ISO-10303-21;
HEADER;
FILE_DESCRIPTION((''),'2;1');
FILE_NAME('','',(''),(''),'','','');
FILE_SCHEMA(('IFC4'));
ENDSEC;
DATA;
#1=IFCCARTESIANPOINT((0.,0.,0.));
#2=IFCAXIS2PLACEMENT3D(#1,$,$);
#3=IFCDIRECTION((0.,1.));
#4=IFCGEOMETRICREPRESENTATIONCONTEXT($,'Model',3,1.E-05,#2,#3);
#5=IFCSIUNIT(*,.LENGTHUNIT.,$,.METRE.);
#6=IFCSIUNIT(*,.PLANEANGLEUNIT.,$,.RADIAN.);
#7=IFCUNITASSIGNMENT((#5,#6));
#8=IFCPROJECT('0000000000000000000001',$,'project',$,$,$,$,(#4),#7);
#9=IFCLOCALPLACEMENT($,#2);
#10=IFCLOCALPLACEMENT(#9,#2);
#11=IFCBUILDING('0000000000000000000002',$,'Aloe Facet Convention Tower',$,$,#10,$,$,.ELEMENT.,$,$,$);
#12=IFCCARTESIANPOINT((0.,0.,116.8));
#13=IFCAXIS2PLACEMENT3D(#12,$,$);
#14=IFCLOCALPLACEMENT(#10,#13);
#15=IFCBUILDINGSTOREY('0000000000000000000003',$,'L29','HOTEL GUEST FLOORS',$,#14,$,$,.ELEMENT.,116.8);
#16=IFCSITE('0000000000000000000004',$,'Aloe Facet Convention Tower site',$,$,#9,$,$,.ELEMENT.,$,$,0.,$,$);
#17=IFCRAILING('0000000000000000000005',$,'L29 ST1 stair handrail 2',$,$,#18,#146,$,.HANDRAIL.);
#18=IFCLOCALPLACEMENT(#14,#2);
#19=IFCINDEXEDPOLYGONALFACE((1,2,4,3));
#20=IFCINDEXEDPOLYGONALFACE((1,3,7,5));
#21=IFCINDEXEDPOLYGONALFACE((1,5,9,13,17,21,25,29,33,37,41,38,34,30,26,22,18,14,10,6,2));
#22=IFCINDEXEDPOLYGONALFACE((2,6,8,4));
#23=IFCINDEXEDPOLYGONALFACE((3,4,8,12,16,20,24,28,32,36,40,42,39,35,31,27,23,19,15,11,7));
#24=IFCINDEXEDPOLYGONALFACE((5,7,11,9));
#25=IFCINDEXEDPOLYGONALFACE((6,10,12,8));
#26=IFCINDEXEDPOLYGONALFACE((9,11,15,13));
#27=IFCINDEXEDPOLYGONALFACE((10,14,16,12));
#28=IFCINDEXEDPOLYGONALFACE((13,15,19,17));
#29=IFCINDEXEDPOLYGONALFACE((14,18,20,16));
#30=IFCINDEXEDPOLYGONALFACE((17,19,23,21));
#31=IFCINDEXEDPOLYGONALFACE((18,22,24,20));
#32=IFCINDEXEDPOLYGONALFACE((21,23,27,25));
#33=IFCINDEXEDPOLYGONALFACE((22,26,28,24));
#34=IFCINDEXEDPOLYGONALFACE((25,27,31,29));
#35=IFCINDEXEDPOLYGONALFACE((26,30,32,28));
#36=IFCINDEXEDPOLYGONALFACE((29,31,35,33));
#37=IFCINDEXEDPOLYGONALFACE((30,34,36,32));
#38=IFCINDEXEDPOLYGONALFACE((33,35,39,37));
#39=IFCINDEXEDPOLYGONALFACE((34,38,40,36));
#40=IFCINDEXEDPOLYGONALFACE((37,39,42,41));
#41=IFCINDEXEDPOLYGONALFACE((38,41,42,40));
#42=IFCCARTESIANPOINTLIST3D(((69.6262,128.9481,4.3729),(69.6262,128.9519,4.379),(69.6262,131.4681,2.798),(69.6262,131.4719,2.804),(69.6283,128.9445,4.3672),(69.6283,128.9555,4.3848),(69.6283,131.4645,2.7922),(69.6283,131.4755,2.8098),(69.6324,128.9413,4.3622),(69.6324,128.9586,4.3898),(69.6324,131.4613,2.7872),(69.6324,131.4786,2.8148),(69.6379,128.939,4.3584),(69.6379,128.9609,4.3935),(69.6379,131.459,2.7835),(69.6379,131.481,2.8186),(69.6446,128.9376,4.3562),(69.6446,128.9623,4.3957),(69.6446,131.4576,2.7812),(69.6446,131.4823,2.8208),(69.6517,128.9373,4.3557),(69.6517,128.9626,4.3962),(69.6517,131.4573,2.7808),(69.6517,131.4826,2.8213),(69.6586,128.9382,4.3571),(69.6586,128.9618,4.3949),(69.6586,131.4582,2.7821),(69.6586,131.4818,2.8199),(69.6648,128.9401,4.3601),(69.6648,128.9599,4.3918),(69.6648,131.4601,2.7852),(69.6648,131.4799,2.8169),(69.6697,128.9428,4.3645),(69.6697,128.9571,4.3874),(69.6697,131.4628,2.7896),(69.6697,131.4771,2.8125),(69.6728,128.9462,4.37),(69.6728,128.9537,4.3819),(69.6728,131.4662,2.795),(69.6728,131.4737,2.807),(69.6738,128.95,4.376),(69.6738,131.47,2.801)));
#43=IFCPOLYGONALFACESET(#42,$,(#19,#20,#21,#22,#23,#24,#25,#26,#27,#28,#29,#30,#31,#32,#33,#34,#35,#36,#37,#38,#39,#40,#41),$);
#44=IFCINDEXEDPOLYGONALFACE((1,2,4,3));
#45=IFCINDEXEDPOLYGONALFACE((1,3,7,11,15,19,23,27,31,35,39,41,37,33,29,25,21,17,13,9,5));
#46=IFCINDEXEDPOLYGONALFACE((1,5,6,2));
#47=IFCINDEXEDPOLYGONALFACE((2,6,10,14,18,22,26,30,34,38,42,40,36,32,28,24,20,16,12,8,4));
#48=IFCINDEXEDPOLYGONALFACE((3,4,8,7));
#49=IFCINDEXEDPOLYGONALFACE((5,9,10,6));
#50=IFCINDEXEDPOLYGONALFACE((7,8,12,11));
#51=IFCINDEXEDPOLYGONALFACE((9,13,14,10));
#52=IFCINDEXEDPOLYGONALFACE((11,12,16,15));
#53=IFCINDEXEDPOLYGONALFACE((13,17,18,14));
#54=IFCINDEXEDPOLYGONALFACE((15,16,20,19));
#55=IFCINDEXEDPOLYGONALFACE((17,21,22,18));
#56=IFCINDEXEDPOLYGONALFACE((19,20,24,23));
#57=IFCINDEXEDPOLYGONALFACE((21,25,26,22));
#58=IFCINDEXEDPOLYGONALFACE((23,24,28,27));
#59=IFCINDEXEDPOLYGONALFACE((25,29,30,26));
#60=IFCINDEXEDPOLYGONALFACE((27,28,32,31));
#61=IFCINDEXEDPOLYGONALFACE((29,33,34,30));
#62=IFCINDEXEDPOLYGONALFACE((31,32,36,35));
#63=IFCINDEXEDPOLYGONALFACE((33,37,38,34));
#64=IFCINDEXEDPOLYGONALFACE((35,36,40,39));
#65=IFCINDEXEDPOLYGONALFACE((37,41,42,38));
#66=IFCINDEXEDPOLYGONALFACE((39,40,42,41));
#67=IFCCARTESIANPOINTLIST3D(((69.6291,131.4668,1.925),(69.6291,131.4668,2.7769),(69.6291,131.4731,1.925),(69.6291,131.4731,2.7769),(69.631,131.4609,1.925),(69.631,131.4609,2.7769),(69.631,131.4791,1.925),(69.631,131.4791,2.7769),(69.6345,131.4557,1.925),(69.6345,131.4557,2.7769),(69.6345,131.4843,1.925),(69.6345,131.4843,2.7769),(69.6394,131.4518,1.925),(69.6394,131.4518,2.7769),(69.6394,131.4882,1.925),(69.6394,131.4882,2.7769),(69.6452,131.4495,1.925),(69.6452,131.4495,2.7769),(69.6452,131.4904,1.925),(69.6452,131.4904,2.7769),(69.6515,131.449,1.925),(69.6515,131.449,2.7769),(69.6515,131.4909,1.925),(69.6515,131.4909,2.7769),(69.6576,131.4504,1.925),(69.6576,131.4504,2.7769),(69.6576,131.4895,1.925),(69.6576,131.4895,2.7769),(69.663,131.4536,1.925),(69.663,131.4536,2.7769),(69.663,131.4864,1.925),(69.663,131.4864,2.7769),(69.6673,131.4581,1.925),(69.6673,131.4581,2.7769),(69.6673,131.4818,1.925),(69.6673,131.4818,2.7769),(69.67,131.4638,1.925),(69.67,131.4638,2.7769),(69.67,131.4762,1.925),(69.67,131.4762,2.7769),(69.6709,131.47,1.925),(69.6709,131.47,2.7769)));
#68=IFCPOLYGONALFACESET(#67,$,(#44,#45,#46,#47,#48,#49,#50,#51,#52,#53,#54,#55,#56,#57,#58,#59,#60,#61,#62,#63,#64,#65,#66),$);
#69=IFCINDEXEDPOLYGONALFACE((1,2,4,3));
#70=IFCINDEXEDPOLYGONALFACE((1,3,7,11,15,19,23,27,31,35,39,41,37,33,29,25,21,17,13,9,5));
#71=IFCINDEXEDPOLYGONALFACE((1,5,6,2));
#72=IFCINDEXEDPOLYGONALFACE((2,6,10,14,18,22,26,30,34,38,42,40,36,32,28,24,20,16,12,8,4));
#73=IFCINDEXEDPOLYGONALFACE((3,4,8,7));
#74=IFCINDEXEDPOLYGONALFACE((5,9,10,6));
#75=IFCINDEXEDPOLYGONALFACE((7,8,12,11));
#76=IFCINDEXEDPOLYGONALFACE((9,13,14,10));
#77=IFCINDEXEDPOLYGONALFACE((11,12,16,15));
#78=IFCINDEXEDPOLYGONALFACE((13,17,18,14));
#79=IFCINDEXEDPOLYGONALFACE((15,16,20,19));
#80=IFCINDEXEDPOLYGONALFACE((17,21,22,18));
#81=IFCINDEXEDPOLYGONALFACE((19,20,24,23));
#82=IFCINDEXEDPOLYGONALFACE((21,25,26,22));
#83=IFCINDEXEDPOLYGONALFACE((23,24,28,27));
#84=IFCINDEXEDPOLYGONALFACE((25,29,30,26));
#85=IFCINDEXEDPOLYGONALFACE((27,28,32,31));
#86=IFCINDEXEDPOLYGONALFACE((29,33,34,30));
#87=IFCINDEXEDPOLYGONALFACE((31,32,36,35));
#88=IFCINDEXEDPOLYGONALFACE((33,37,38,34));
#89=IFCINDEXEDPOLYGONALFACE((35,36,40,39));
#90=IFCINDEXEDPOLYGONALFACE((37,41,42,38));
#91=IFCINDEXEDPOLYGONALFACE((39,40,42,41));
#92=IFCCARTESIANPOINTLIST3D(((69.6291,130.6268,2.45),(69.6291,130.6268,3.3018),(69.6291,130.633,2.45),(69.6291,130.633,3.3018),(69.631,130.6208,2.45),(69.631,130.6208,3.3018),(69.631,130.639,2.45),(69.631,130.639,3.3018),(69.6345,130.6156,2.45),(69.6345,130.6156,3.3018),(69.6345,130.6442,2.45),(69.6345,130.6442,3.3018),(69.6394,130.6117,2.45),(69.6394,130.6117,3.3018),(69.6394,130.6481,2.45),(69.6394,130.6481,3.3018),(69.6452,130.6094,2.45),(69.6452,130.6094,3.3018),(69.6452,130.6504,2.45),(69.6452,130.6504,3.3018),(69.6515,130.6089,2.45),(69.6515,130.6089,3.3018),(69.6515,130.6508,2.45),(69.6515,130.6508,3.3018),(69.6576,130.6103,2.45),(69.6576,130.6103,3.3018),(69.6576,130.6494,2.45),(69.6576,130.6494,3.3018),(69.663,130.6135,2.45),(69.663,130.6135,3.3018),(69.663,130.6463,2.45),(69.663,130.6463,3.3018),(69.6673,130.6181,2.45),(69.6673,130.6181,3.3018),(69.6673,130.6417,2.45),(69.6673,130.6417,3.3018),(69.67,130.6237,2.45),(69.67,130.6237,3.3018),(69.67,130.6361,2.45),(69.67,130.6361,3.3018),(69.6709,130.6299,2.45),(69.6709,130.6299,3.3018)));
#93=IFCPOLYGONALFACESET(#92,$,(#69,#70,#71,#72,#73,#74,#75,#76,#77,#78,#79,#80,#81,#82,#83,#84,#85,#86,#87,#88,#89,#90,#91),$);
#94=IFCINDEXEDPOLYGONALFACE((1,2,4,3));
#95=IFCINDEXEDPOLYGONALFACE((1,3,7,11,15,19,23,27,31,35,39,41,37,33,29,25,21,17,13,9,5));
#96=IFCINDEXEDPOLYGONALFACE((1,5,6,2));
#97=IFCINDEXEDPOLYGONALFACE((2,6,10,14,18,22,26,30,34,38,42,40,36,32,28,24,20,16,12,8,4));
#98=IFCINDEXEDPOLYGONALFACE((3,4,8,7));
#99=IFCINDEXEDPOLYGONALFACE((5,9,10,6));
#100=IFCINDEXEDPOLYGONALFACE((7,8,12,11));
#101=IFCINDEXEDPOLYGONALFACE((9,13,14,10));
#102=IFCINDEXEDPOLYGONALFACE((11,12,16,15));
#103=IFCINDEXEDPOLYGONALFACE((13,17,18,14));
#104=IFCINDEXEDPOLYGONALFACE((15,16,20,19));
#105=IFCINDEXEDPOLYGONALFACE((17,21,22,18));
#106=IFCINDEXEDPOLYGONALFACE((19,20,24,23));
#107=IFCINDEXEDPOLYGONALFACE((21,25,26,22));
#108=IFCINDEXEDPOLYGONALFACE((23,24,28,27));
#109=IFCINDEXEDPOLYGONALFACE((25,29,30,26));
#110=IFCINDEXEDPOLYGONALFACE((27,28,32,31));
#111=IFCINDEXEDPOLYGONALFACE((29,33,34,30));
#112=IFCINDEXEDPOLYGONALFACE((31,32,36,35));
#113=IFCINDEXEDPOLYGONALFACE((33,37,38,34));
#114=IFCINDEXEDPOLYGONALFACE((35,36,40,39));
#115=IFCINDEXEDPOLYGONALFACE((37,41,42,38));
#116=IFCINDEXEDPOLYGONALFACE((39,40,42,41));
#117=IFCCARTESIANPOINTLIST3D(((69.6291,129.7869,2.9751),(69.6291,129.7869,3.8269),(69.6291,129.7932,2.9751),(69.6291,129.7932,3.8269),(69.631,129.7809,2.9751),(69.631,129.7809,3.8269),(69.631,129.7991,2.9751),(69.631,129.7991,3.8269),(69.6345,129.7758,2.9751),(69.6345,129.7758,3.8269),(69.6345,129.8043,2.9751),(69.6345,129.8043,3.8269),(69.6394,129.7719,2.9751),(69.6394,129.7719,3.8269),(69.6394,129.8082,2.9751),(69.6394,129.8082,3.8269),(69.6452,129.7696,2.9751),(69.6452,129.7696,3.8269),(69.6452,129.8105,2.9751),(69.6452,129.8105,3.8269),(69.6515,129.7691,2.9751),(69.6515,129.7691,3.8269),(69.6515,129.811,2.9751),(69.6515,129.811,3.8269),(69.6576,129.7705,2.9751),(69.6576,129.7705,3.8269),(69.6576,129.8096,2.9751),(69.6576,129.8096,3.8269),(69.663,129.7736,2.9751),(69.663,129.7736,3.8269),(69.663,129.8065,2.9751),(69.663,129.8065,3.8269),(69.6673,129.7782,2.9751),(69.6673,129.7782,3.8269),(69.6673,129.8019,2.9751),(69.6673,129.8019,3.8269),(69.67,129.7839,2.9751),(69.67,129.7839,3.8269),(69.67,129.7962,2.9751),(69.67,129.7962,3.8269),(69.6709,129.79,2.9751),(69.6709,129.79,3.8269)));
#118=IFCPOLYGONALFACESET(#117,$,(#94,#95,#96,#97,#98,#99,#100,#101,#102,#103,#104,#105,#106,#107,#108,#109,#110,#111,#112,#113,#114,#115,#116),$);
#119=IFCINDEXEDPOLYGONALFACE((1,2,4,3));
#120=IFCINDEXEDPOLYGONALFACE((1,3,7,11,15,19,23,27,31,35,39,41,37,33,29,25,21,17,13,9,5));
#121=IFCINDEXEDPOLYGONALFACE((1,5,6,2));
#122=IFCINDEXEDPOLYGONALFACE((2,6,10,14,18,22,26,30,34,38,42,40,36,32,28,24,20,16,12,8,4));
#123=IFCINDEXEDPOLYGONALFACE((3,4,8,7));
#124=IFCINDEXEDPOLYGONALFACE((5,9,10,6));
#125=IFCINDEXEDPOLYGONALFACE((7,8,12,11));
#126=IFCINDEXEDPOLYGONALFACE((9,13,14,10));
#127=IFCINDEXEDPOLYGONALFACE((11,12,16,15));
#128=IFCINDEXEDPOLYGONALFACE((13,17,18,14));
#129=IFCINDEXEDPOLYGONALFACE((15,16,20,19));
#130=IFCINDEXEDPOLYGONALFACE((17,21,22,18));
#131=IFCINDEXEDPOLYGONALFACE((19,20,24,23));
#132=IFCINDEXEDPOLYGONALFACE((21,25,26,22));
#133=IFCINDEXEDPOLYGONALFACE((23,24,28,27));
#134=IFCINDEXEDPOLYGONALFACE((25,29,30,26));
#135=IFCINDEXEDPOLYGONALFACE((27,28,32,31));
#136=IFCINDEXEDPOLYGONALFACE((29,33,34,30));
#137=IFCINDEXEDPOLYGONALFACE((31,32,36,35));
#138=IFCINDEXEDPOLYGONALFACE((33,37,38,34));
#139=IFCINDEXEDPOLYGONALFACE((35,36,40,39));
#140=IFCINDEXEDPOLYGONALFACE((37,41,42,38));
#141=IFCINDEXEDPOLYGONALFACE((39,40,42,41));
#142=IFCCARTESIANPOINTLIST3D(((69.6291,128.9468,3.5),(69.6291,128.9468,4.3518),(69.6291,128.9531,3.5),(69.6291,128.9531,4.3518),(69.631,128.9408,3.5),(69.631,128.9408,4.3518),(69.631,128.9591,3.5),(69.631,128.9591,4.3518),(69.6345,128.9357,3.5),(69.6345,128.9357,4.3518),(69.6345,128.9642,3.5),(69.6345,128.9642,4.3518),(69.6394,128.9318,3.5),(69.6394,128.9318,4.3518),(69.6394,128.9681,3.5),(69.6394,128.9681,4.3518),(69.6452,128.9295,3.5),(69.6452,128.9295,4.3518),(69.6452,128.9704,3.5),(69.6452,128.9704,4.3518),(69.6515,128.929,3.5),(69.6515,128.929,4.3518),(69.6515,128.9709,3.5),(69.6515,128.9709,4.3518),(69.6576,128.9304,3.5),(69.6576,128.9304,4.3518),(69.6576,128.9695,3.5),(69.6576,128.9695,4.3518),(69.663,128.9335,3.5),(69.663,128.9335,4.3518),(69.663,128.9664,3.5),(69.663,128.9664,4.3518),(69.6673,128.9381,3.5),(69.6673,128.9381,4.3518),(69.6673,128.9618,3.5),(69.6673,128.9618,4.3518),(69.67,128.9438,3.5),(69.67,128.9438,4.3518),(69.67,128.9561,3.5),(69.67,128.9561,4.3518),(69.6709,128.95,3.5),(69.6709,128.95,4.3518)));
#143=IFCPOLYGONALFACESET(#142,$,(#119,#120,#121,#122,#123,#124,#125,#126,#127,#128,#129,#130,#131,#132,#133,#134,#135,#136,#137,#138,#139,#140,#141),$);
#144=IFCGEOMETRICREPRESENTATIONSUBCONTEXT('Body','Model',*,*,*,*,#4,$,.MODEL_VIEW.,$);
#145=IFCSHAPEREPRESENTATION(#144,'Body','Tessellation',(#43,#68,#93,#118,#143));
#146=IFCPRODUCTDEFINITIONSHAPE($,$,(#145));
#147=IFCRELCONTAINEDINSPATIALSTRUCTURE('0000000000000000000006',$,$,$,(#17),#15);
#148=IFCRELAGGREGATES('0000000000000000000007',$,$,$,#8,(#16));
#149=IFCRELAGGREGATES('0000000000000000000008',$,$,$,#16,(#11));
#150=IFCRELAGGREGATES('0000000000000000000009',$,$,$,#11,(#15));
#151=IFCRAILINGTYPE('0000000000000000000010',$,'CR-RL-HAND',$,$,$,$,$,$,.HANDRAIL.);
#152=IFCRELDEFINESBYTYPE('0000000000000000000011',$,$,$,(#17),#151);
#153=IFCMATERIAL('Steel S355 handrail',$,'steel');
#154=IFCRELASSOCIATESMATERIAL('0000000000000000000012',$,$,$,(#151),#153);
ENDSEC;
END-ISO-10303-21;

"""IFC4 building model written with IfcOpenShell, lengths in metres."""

from ifc_helpers import new_model, si_unit, direction, frame, origin, origin_2d, place, context, subcontext, project, spatial, circle, extrude, material, type_object, element, save


model = new_model("IFC4")

# Units and contexts
model_context = context("Model", 3, precision=1e-05, world=origin(), true_north=direction((0.0, 1.0)))
body_context = subcontext(model_context, "Body", "Model", "MODEL_VIEW")
ifc_project = project(units=[si_unit("LENGTHUNIT", "METRE"), si_unit("PLANEANGLEUNIT", "RADIAN")], contexts=[model_context])

# Site, building, storey
site_placement = place(None, origin())
site = spatial("IfcSite", under=ifc_project, at=site_placement, Name="Aloe Facet Convention Tower site", CompositionType="ELEMENT", RefElevation=0.0)
building_placement = place(site_placement, origin())
building = spatial("IfcBuilding", under=site, at=building_placement, Name="Aloe Facet Convention Tower", CompositionType="ELEMENT")
storey_placement = place(building_placement, frame((0.0, 0.0, 116.8)))
storey = spatial("IfcBuildingStorey", under=building, at=storey_placement, Name="L29", Description="HOTEL GUEST FLOORS", CompositionType="ELEMENT", Elevation=116.8)

# Railing
ifc_material_1 = material(Name="Steel S355 handrail", Category="steel")
railing_type_1 = type_object("IfcRailingType", Name="CR-RL-HAND", PredefinedType="HANDRAIL", material=ifc_material_1)
railing_1_placement = place(storey_placement, frame((69.6499, 131.47, 1.925)))
element("IfcRailing", 1, at=railing_1_placement, inside=storey, type_object=railing_type_1, Name="L29 ST1 stair handrail 2", PredefinedType="HANDRAIL", context=body_context, shape_type="SweptSolid", body=[
    extrude(circle(Radius=0.0239, at=origin_2d()), frame((0.0, 0.0, 0.876), z_axis=(0.0, -0.848008, 0.529984), x_axis=(1.0, 0.0, 0.0)), (0.0, 0.0, 1.0), 2.9717),
    extrude(circle(Radius=0.021, at=origin_2d()), origin(), (0.0, 0.0, 1.0), 0.8518),
    extrude(circle(Radius=0.021, at=origin_2d()), frame((0.0, -0.8401, 0.5249)), (0.0, 0.0, 1.0), 0.8518),
    extrude(circle(Radius=0.021, at=origin_2d()), frame((0.0, -1.6799, 1.05)), (0.0, 0.0, 1.0), 0.8518),
    extrude(circle(Radius=0.021, at=origin_2d()), frame((0.0, -2.52, 1.575)), (0.0, 0.0, 1.0), 0.8518),
])

save(model, "model.ifc")
